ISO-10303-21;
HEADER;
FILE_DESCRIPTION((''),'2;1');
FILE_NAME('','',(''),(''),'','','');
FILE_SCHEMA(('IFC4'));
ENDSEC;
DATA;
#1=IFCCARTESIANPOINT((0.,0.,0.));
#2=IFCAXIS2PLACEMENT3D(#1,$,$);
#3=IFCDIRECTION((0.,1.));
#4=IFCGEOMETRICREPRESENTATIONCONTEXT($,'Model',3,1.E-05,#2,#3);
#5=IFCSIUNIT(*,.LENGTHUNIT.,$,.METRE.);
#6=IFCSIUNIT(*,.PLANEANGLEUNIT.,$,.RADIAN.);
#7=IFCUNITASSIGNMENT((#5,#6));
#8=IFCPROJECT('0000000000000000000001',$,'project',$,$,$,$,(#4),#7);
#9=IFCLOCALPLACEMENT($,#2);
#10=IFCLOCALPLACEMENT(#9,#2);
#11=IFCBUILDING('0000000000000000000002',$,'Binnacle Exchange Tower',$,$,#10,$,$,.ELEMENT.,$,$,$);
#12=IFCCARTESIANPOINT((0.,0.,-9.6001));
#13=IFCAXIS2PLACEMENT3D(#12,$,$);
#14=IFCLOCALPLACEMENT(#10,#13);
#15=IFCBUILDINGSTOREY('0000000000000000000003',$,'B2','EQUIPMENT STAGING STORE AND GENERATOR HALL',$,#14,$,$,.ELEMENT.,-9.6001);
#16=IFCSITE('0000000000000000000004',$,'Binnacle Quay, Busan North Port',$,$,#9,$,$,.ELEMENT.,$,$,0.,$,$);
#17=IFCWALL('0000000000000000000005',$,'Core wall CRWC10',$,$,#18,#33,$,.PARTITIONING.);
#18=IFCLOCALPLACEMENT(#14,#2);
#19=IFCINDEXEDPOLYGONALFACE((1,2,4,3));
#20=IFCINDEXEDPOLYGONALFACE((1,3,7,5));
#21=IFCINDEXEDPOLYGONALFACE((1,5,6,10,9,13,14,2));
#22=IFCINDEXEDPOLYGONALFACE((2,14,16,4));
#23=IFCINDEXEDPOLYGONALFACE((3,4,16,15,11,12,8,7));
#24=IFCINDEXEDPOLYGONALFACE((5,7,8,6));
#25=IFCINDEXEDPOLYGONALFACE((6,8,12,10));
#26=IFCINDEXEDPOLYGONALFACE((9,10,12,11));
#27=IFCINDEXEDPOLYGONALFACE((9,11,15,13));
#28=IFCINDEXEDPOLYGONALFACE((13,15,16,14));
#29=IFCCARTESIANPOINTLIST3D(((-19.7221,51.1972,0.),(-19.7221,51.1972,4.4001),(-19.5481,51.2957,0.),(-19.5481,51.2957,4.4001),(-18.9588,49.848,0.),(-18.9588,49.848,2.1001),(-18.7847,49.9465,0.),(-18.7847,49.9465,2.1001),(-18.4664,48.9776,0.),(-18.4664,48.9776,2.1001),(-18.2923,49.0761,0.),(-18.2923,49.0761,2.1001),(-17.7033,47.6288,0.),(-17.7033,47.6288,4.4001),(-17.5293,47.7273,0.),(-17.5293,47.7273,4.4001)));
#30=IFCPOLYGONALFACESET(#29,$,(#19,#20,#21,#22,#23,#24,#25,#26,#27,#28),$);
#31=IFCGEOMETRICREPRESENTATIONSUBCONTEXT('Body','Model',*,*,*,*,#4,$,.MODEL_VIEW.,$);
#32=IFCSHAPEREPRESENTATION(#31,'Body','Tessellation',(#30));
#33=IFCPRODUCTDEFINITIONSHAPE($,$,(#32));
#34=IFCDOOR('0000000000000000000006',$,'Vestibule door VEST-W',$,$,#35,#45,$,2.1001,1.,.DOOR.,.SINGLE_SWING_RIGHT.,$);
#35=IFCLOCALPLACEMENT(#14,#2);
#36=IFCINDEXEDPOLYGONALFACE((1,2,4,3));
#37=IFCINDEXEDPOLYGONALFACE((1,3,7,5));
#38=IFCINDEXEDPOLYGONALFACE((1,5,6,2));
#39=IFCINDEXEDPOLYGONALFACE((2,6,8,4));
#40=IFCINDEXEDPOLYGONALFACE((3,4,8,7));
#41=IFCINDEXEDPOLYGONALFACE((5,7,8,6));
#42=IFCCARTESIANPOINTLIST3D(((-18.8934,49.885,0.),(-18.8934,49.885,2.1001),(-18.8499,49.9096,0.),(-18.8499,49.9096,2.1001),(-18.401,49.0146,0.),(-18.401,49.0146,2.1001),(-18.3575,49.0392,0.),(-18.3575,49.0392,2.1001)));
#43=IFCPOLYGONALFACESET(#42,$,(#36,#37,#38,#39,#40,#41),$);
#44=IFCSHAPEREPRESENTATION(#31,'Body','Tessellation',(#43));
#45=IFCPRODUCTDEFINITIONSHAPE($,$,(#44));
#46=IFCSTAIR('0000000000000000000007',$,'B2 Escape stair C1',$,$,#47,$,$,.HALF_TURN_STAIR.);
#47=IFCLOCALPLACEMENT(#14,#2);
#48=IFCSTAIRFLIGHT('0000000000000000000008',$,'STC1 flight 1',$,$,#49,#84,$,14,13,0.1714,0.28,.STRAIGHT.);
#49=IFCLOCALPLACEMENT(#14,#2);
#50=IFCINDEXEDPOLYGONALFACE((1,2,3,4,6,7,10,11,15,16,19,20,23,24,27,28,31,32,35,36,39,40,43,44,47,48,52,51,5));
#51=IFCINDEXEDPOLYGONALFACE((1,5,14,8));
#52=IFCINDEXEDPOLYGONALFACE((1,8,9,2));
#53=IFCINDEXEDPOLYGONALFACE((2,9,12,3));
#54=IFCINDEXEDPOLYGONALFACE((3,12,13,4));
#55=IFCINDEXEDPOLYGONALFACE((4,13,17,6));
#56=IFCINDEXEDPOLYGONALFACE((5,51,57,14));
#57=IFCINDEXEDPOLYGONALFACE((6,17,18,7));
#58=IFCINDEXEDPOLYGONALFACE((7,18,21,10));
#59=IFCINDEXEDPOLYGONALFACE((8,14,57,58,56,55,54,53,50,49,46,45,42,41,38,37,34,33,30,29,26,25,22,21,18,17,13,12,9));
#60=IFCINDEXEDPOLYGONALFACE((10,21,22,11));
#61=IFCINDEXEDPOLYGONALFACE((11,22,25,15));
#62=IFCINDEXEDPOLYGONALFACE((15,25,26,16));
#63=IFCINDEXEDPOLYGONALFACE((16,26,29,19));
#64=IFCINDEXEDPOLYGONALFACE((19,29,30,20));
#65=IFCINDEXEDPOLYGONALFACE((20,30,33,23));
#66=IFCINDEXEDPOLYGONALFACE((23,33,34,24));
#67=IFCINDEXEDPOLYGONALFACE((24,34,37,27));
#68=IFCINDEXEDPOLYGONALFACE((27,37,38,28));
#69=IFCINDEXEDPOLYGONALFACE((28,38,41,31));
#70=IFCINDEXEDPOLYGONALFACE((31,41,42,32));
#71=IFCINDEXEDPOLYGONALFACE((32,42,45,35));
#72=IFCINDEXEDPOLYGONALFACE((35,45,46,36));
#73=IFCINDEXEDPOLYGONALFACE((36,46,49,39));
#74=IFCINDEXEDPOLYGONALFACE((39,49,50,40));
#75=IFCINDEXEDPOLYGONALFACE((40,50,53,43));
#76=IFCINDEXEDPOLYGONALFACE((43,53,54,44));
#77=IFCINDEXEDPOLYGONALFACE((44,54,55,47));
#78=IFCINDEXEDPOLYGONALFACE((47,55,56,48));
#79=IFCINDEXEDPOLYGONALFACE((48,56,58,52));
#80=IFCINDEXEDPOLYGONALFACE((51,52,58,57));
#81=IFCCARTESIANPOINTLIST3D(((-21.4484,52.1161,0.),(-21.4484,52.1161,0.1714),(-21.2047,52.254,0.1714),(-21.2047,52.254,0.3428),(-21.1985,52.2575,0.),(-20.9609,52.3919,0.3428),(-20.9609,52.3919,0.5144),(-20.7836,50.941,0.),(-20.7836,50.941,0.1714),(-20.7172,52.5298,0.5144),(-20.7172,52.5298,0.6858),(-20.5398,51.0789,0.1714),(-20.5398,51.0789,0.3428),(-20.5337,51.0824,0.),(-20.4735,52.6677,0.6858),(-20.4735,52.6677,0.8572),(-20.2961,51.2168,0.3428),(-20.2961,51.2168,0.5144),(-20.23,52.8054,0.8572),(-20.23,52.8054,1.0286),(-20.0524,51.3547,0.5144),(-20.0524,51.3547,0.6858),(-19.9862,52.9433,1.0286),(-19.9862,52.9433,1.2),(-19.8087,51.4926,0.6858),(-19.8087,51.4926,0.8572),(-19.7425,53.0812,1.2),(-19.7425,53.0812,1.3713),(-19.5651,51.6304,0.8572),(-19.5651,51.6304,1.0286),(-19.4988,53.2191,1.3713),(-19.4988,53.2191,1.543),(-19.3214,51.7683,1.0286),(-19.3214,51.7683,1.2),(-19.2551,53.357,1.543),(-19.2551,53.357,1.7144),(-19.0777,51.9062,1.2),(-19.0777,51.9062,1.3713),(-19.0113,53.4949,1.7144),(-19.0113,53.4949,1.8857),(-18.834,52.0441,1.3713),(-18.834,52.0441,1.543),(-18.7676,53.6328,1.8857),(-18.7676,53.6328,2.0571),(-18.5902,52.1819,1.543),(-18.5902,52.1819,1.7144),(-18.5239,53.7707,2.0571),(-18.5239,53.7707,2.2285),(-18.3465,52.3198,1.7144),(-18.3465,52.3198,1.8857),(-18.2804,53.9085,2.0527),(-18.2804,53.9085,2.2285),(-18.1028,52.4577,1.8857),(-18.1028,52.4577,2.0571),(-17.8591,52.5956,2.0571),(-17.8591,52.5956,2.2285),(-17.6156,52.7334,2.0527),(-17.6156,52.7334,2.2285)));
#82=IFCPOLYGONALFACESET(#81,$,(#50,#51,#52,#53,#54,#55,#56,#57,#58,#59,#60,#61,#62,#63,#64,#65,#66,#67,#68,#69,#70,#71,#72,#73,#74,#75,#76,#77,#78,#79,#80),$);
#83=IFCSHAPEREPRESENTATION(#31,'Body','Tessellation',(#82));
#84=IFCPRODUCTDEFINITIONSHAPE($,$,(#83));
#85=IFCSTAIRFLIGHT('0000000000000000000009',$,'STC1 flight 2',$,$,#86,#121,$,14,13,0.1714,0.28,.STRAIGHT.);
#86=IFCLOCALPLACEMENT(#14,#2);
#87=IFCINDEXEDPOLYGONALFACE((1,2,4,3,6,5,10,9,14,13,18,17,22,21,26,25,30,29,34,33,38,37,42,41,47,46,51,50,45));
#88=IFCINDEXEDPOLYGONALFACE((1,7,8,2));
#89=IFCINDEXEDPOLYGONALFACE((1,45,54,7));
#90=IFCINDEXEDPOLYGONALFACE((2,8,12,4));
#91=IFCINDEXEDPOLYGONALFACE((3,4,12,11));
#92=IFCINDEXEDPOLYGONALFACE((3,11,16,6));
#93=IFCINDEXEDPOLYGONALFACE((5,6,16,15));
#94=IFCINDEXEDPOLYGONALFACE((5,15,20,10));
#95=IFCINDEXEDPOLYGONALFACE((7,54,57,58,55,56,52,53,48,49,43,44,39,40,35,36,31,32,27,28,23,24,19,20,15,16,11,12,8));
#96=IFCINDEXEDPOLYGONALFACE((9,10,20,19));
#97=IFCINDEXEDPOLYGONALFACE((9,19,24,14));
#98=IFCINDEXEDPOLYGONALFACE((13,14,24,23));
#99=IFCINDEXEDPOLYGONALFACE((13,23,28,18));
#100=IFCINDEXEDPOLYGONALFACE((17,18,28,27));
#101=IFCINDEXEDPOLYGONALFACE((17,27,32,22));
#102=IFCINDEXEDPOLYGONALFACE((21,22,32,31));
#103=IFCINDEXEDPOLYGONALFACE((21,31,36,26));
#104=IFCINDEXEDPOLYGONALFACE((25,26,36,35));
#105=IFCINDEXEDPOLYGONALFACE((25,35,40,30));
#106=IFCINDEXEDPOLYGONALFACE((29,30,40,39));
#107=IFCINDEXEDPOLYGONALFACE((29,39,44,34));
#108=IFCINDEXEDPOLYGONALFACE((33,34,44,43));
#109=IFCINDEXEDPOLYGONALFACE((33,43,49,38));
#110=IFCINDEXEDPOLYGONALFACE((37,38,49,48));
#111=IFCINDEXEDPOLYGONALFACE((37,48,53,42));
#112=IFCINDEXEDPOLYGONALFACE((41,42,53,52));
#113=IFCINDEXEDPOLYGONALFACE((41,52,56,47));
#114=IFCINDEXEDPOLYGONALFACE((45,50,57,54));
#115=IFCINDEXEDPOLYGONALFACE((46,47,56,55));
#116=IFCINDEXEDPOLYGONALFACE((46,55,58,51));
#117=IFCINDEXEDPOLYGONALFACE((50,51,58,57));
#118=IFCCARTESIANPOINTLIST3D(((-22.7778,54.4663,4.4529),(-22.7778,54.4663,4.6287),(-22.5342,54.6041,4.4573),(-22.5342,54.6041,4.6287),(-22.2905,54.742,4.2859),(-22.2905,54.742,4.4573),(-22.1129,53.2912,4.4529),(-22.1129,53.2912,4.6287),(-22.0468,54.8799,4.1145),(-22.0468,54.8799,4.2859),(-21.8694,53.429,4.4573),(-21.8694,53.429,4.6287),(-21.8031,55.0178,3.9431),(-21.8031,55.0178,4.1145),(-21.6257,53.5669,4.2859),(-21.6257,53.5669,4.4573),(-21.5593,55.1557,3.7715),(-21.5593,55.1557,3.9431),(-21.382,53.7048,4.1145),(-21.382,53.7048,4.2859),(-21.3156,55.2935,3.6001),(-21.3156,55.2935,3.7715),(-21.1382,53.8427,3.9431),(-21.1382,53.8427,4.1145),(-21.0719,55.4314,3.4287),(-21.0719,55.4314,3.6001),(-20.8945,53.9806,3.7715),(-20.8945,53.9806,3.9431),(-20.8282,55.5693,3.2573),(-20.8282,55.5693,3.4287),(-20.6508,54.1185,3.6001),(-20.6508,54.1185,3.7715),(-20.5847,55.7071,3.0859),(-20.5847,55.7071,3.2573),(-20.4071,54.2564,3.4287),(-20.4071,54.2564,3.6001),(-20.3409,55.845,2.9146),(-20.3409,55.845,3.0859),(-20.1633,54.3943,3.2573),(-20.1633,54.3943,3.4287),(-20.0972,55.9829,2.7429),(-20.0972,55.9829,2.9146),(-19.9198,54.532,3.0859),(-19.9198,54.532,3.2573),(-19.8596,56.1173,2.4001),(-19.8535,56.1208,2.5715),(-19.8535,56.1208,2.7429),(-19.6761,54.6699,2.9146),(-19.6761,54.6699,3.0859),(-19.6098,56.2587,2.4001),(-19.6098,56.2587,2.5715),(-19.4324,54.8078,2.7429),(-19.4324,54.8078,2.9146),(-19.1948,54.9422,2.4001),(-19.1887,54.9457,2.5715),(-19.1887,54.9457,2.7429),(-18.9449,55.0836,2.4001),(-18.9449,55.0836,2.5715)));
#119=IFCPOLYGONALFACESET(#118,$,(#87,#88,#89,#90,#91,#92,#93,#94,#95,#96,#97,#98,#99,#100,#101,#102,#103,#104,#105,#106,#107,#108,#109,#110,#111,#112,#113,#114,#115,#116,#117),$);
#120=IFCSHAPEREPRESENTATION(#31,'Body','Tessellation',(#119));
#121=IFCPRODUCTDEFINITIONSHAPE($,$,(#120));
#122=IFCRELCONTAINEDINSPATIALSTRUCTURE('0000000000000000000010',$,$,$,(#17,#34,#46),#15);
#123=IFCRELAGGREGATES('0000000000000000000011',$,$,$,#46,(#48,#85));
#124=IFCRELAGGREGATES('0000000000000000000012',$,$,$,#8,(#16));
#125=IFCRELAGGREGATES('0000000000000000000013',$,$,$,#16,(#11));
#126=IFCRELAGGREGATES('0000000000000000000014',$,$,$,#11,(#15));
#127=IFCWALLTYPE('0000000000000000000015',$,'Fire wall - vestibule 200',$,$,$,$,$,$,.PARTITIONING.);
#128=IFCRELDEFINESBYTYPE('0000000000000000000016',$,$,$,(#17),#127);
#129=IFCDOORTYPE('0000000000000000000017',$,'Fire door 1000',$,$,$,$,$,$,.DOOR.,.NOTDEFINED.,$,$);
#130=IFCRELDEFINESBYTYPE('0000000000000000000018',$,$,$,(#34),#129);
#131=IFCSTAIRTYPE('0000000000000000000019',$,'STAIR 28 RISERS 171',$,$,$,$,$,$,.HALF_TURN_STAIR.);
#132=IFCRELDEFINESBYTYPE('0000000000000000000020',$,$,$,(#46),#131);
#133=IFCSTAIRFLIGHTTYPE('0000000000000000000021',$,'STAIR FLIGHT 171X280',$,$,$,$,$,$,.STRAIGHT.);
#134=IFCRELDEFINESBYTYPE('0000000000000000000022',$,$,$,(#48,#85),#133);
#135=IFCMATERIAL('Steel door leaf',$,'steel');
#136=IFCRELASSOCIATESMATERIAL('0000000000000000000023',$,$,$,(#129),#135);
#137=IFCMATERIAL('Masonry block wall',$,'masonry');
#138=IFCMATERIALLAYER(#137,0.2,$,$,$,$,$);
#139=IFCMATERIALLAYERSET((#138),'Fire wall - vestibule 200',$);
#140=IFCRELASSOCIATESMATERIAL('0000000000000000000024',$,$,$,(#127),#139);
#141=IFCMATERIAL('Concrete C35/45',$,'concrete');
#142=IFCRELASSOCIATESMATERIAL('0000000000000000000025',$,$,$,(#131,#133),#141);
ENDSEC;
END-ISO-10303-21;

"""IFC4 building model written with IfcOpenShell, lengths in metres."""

from ifc_helpers import new_model, si_unit, direction, frame, frame_2d, origin, place, context, subcontext, project, spatial, polyline, rectangle, outline, extrude, material, layer, layer_set, type_object, element, fill, aggregate, save


model = new_model("IFC4")

# Units and contexts
model_context = context("Model", 3, precision=1e-05, world=origin(), true_north=direction((0.0, 1.0)))
body_context = subcontext(model_context, "Body", "Model", "MODEL_VIEW")
ifc_project = project(units=[si_unit("LENGTHUNIT", "METRE"), si_unit("PLANEANGLEUNIT", "RADIAN")], contexts=[model_context])

# Site, building, storey
site_placement = place(None, origin())
site = spatial("IfcSite", under=ifc_project, at=site_placement, Name="Binnacle Quay, Busan North Port", CompositionType="ELEMENT", RefElevation=0.0)
building_placement = place(site_placement, origin())
building = spatial("IfcBuilding", under=site, at=building_placement, Name="Binnacle Exchange Tower", CompositionType="ELEMENT")
storey_placement = place(building_placement, frame((0.0, 0.0, -9.6001)))
storey = spatial("IfcBuildingStorey", under=building, at=storey_placement, Name="B2", Description="EQUIPMENT STAGING STORE AND GENERATOR HALL", CompositionType="ELEMENT", Elevation=-9.6001)

# Shared definitions
ifc_material_1 = material(Name="Steel door leaf", Category="steel")

# Wall, opening, door
door_type_1 = type_object("IfcDoorType", Name="Fire door 1000", OperationType="NOTDEFINED", PredefinedType="DOOR", material=ifc_material_1)
ifc_material_2 = material(Name="Masonry block wall", Category="masonry")
ifc_layer_1 = layer(ifc_material_2, 0.2)
ifc_layer_set_1 = layer_set([ifc_layer_1], Name="Fire wall - vestibule 200")
wall_type_1 = type_object("IfcWallType", Name="Fire wall - vestibule 200", PredefinedType="PARTITIONING", material=ifc_layer_set_1)
wall_1_placement = place(storey_placement, frame((-19.635, 51.2463, 0.0), z_axis=(0.0, 0.0, 1.0), x_axis=(0.492408, -0.870364, 0.0)))
wall_1 = element("IfcWall", 1, at=wall_1_placement, inside=storey, type_object=wall_type_1, Name="Core wall CRWC10", PredefinedType="PARTITIONING", context=body_context, shape_type="SweptSolid", body=[
    extrude(rectangle(XDim=4.0999, YDim=0.2, at=frame_2d((2.0498, 0.0))), origin(), (0.0, 0.0, 1.0), 4.4001),
])
opening_1_placement = place(wall_1_placement, frame((1.55, 0.0, 0.0)))
opening_1 = element("IfcOpeningElement", 2, at=opening_1_placement, cuts=wall_1, PredefinedType="OPENING", context=body_context, shape_type="SweptSolid", body=[
    extrude(rectangle(XDim=1.0, YDim=2.1001, at=frame_2d((0.5, 1.05))), frame((0.0, 0.1099, 0.0), z_axis=(0.0, -1.0, 0.0), x_axis=(1.0, 0.0, 0.0)), (0.0, 0.0, 1.0), 0.22),
])
door_1_placement = place(opening_1_placement, frame((1.0, 0.0, 0.0), z_axis=(0.0, 0.0, 1.0), x_axis=(-1.0, 0.0, 0.0)))
door_1 = element("IfcDoor", 3, at=door_1_placement, inside=storey, type_object=door_type_1, Name="Vestibule door VEST-W", OperationType="SINGLE_SWING_RIGHT", OverallHeight=2.1001, OverallWidth=1.0, PredefinedType="DOOR", context=body_context, shape_type="SweptSolid", body=[
    extrude(rectangle(XDim=1.0, YDim=2.1001, at=frame_2d((0.5, 1.05))), frame((0.0, 0.0249, 0.0), z_axis=(0.0, -1.0, 0.0), x_axis=(1.0, 0.0, 0.0)), (0.0, 0.0, 1.0), 0.05),
])
fill(opening_1, door_1)

# Stair, stair flights
ifc_material_3 = material(Name="Concrete C35/45", Category="concrete")
stair_type = type_object("IfcStairType", Name="STAIR 28 RISERS 171", PredefinedType="HALF_TURN_STAIR", material=ifc_material_3)
stair_placement = place(storey_placement, origin())
stair = element("IfcStair", 4, at=stair_placement, inside=storey, type_object=stair_type, Name="B2 Escape stair C1", PredefinedType="HALF_TURN_STAIR")
stair_flight_type = type_object("IfcStairFlightType", Name="STAIR FLIGHT 171X280", PredefinedType="STRAIGHT", material=ifc_material_3)
stair_flight_1_placement = place(storey_placement, frame((-21.116, 51.5286, 0.0), z_axis=(0.0, 0.0, 1.0), x_axis=(0.870356, 0.492424, 0.0)))
stair_flight_1 = element("IfcStairFlight", 5, at=stair_flight_1_placement, type_object=stair_flight_type, Name="STC1 flight 1", NumberOfRisers=14, NumberOfTreads=13, PredefinedType="STRAIGHT", RiserHeight=0.1714, TreadLength=0.28, context=body_context, shape_type="SweptSolid", body=[
    extrude(outline(polyline([(0.0, 0.0), (0.0, 0.1714), (0.28, 0.1714), (0.28, 0.3428), (0.5601, 0.3428), (0.5601, 0.5144), (0.8401, 0.5144), (0.8401, 0.6858), (1.1201, 0.6858), (1.1201, 0.8572), (1.3999, 0.8572), (1.3999, 1.0286), (1.6799, 1.0286), (1.6799, 1.2), (1.96, 1.2), (1.96, 1.3713), (2.24, 1.3713), (2.24, 1.543), (2.52, 1.543), (2.52, 1.7144), (2.8, 1.7144), (2.8, 1.8857), (3.0801, 1.8857), (3.0801, 2.0571), (3.3601, 2.0571), (3.3601, 2.2285), (3.6399, 2.2285), (3.6399, 2.3999), (3.6399, 2.0527), (0.2871, 0.0), (0.0, 0.0)])), frame((0.0, 0.675, 0.0), z_axis=(0.0, -1.0, 0.0), x_axis=(1.0, 0.0, 0.0)), (0.0, 0.0, 1.0), 1.3501),
])
stair_flight_2_placement = place(storey_placement, frame((-19.2773, 55.6711, 2.4001), z_axis=(0.0, 0.0, 1.0), x_axis=(-0.870356, -0.492424, 0.0)))
stair_flight_2 = element("IfcStairFlight", 6, at=stair_flight_2_placement, type_object=stair_flight_type, Name="STC1 flight 2", NumberOfRisers=14, NumberOfTreads=13, PredefinedType="STRAIGHT", RiserHeight=0.1714, TreadLength=0.28, context=body_context, shape_type="SweptSolid", body=[
    extrude(outline(polyline([(0.0, 0.0), (0.0, 0.1714), (0.28, 0.1714), (0.28, 0.3428), (0.5601, 0.3428), (0.5601, 0.5144), (0.8401, 0.5144), (0.8401, 0.6858), (1.1201, 0.6858), (1.1201, 0.8572), (1.3999, 0.8572), (1.3999, 1.0286), (1.6799, 1.0286), (1.6799, 1.2), (1.96, 1.2), (1.96, 1.3713), (2.24, 1.3713), (2.24, 1.543), (2.52, 1.543), (2.52, 1.7144), (2.8, 1.7144), (2.8, 1.8857), (3.0801, 1.8857), (3.0801, 2.0571), (3.3601, 2.0571), (3.3601, 2.2285), (3.6399, 2.2285), (3.6399, 2.3999), (3.6399, 2.0527), (0.2871, 0.0), (0.0, 0.0)])), frame((0.0, 0.675, 0.0), z_axis=(0.0, -1.0, 0.0), x_axis=(1.0, 0.0, 0.0)), (0.0, 0.0, 1.0), 1.3501),
])
aggregate(stair, [stair_flight_1, stair_flight_2])

save(model, "model.ifc")
